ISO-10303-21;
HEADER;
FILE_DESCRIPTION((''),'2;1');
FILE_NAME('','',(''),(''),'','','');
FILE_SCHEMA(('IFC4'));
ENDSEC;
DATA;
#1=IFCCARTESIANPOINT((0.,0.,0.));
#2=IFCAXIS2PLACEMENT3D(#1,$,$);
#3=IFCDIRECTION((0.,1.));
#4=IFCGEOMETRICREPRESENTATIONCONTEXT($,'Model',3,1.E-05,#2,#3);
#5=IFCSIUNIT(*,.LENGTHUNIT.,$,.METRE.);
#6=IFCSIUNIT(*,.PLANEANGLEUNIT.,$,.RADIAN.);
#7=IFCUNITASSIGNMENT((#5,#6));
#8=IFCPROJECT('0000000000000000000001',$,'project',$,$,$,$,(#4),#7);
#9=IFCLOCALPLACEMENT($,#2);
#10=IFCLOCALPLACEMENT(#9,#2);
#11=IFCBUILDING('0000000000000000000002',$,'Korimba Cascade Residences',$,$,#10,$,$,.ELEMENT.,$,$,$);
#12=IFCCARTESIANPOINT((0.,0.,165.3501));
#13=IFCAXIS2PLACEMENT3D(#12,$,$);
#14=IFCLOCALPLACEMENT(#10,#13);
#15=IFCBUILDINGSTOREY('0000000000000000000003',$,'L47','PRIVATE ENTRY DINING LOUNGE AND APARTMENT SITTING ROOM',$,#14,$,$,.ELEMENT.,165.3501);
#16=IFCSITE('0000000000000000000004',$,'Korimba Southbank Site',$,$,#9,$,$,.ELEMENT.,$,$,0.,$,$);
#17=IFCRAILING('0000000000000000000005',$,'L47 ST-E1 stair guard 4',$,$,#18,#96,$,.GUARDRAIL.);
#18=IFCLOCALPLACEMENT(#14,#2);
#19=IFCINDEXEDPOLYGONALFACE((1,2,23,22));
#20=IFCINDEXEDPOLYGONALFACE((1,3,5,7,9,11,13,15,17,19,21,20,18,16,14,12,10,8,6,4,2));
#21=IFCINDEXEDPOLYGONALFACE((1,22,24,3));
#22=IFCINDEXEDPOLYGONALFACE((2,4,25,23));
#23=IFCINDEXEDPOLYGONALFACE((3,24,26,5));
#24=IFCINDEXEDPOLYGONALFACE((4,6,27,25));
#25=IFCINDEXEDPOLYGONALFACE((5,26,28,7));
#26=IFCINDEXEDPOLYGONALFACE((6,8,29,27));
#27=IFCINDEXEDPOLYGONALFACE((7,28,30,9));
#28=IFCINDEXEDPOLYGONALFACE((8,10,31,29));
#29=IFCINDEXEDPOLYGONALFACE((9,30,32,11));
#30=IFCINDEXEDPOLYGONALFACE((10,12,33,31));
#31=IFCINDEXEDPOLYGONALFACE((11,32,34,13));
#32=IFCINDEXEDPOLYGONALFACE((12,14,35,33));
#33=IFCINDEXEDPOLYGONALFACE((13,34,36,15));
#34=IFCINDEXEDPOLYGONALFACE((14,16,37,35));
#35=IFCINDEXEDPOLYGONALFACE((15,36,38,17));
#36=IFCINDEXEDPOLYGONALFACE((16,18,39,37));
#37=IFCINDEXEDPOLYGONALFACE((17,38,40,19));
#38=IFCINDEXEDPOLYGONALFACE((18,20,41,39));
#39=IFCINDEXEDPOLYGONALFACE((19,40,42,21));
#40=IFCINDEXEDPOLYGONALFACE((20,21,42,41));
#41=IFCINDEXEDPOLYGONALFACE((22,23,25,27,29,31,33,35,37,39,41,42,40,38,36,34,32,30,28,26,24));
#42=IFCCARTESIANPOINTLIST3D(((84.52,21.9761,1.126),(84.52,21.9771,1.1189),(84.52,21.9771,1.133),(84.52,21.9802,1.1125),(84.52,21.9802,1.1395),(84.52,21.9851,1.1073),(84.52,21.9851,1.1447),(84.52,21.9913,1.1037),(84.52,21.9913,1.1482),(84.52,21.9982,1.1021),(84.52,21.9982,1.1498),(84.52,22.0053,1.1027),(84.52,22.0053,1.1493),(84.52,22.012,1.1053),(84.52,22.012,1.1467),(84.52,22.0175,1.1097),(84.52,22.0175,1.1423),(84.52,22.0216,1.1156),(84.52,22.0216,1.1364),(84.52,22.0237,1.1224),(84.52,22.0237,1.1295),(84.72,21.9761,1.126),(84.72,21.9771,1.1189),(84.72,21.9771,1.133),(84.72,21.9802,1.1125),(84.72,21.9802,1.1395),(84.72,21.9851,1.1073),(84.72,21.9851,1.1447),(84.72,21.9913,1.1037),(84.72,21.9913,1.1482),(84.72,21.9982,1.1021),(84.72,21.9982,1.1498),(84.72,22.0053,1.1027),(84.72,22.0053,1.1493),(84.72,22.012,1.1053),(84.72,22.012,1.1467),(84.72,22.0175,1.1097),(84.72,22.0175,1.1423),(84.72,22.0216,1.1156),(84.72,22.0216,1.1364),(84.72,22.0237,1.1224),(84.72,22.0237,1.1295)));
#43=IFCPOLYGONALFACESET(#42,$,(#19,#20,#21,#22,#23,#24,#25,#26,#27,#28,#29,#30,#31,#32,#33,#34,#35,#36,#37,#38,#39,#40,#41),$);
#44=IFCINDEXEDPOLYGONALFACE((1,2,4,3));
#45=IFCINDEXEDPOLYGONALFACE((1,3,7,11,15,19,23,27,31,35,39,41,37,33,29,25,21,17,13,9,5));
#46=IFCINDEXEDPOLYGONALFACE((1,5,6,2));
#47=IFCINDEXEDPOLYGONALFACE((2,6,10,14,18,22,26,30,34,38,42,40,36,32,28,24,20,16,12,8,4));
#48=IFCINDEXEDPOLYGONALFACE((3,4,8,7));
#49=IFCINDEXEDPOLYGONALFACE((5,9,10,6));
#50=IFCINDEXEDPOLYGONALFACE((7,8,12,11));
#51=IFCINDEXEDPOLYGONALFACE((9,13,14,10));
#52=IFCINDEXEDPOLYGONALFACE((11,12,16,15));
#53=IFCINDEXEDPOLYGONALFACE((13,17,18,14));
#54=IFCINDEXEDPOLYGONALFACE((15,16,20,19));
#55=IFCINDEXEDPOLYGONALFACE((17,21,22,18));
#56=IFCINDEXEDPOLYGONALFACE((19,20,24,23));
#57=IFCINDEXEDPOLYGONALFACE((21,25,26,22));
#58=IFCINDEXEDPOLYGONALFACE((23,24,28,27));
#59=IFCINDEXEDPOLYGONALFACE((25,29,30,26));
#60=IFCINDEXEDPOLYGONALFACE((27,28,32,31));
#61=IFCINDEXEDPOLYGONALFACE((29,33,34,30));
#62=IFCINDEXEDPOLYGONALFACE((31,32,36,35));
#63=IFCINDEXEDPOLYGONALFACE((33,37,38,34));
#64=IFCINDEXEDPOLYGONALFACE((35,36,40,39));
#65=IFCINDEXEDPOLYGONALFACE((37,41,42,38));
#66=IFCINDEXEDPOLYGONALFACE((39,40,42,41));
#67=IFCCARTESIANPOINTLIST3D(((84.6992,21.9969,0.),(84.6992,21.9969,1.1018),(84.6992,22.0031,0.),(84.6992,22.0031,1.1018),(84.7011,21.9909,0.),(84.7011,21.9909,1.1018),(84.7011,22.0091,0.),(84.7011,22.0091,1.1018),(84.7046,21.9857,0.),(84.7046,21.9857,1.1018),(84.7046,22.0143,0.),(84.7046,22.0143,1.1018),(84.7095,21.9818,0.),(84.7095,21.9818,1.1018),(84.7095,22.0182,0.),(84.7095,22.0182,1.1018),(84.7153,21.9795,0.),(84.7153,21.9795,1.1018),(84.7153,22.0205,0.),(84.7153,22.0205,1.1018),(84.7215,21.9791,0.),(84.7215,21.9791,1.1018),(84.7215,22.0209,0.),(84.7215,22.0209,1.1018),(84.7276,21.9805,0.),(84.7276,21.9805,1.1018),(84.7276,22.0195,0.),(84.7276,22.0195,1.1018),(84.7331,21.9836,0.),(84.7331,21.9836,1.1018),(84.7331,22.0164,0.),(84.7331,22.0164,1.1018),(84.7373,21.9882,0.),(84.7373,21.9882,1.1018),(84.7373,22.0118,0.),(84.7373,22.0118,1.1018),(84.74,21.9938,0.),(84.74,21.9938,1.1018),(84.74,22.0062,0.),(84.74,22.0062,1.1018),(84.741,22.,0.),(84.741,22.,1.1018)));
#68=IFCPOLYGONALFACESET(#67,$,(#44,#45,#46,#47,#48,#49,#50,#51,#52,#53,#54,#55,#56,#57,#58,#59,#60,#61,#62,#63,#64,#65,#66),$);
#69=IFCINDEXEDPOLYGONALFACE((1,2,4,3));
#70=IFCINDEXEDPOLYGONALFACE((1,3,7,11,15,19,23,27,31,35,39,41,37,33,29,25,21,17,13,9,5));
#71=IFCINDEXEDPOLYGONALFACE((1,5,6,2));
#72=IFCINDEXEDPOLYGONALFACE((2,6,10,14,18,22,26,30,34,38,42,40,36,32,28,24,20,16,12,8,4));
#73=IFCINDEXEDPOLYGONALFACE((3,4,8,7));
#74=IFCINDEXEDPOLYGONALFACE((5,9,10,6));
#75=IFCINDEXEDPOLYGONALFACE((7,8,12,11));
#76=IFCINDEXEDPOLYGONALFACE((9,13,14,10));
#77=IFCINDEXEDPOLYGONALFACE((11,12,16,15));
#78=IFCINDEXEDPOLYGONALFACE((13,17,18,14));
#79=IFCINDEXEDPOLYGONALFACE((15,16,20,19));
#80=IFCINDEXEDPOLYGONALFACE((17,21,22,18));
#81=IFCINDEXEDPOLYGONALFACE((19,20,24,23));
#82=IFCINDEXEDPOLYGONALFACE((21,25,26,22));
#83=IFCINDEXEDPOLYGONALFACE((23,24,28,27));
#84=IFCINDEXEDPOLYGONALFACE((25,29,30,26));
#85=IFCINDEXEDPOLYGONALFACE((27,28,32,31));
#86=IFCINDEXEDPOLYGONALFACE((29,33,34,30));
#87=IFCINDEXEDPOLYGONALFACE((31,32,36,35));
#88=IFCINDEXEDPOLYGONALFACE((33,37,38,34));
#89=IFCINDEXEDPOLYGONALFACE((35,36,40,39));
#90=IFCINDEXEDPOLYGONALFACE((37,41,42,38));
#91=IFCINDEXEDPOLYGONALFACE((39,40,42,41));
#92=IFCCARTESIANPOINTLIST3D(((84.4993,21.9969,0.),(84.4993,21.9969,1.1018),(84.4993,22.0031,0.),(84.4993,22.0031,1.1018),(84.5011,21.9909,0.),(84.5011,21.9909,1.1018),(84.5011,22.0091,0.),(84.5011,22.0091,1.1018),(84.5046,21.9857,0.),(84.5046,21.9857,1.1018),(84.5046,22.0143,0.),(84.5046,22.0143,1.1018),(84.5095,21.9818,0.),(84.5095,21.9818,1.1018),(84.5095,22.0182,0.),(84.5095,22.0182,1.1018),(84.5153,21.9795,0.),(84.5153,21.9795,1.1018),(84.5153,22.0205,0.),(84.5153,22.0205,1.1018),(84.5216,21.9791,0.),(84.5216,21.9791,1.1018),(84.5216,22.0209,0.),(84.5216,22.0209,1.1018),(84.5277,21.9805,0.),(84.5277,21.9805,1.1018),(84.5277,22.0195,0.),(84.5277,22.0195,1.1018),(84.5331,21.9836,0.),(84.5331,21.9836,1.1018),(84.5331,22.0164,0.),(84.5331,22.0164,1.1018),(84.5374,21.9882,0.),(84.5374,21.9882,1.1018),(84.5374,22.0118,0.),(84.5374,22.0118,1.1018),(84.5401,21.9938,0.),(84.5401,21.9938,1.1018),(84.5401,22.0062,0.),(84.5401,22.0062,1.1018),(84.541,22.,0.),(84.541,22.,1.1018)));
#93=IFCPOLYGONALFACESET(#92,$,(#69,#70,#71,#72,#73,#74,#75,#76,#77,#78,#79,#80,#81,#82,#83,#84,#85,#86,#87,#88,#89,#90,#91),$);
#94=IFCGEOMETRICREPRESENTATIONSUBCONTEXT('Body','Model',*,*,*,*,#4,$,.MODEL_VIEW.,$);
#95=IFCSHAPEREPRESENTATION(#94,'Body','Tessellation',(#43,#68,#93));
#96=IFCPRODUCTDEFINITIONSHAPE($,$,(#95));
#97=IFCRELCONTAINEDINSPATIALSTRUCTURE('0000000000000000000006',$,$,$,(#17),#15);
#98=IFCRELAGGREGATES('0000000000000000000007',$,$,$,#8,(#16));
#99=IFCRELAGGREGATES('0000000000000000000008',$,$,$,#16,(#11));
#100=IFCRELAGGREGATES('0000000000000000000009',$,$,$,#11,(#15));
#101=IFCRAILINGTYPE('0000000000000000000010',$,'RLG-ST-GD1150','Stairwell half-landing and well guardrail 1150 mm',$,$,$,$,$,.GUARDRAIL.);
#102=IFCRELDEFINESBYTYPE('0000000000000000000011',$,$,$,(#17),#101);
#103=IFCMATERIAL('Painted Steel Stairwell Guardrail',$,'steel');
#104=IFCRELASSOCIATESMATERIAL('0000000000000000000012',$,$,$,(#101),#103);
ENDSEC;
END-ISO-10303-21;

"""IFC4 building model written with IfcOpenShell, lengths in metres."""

from ifc_helpers import new_model, si_unit, direction, frame, origin, origin_2d, place, context, subcontext, project, spatial, circle, extrude, material, type_object, element, save


model = new_model("IFC4")

# Units and contexts
model_context = context("Model", 3, precision=1e-05, world=origin(), true_north=direction((0.0, 1.0)))
body_context = subcontext(model_context, "Body", "Model", "MODEL_VIEW")
ifc_project = project(units=[si_unit("LENGTHUNIT", "METRE"), si_unit("PLANEANGLEUNIT", "RADIAN")], contexts=[model_context])

# Site, building, storey
site_placement = place(None, origin())
site = spatial("IfcSite", under=ifc_project, at=site_placement, Name="Korimba Southbank Site", CompositionType="ELEMENT", RefElevation=0.0)
building_placement = place(site_placement, origin())
building = spatial("IfcBuilding", under=site, at=building_placement, Name="Korimba Cascade Residences", CompositionType="ELEMENT")
storey_placement = place(building_placement, frame((0.0, 0.0, 165.3501)))
storey = spatial("IfcBuildingStorey", under=building, at=storey_placement, Name="L47", Description="PRIVATE ENTRY DINING LOUNGE AND APARTMENT SITTING ROOM", CompositionType="ELEMENT", Elevation=165.3501)

# Railing
ifc_material_1 = material(Name="Painted Steel Stairwell Guardrail", Category="steel")
railing_type_1 = type_object("IfcRailingType", Name="RLG-ST-GD1150", Description="Stairwell half-landing and well guardrail 1150 mm", PredefinedType="GUARDRAIL", material=ifc_material_1)
railing_1_placement = place(storey_placement, frame((84.72, 22.0, 0.0)))
element("IfcRailing", 1, at=railing_1_placement, inside=storey, type_object=railing_type_1, Name="L47 ST-E1 stair guard 4", PredefinedType="GUARDRAIL", context=body_context, shape_type="SweptSolid", body=[
    extrude(circle(Radius=0.0239, at=origin_2d()), frame((0.0, 0.0, 1.126), z_axis=(-1.0, 0.0, 0.0), x_axis=(0.0, -1.0, 0.0)), (0.0, 0.0, 1.0), 0.2),
    extrude(circle(Radius=0.021, at=origin_2d()), origin(), (0.0, 0.0, 1.0), 1.1018),
    extrude(circle(Radius=0.021, at=origin_2d()), frame((-0.2, 0.0, 0.0)), (0.0, 0.0, 1.0), 1.1018),
])

save(model, "model.ifc")
